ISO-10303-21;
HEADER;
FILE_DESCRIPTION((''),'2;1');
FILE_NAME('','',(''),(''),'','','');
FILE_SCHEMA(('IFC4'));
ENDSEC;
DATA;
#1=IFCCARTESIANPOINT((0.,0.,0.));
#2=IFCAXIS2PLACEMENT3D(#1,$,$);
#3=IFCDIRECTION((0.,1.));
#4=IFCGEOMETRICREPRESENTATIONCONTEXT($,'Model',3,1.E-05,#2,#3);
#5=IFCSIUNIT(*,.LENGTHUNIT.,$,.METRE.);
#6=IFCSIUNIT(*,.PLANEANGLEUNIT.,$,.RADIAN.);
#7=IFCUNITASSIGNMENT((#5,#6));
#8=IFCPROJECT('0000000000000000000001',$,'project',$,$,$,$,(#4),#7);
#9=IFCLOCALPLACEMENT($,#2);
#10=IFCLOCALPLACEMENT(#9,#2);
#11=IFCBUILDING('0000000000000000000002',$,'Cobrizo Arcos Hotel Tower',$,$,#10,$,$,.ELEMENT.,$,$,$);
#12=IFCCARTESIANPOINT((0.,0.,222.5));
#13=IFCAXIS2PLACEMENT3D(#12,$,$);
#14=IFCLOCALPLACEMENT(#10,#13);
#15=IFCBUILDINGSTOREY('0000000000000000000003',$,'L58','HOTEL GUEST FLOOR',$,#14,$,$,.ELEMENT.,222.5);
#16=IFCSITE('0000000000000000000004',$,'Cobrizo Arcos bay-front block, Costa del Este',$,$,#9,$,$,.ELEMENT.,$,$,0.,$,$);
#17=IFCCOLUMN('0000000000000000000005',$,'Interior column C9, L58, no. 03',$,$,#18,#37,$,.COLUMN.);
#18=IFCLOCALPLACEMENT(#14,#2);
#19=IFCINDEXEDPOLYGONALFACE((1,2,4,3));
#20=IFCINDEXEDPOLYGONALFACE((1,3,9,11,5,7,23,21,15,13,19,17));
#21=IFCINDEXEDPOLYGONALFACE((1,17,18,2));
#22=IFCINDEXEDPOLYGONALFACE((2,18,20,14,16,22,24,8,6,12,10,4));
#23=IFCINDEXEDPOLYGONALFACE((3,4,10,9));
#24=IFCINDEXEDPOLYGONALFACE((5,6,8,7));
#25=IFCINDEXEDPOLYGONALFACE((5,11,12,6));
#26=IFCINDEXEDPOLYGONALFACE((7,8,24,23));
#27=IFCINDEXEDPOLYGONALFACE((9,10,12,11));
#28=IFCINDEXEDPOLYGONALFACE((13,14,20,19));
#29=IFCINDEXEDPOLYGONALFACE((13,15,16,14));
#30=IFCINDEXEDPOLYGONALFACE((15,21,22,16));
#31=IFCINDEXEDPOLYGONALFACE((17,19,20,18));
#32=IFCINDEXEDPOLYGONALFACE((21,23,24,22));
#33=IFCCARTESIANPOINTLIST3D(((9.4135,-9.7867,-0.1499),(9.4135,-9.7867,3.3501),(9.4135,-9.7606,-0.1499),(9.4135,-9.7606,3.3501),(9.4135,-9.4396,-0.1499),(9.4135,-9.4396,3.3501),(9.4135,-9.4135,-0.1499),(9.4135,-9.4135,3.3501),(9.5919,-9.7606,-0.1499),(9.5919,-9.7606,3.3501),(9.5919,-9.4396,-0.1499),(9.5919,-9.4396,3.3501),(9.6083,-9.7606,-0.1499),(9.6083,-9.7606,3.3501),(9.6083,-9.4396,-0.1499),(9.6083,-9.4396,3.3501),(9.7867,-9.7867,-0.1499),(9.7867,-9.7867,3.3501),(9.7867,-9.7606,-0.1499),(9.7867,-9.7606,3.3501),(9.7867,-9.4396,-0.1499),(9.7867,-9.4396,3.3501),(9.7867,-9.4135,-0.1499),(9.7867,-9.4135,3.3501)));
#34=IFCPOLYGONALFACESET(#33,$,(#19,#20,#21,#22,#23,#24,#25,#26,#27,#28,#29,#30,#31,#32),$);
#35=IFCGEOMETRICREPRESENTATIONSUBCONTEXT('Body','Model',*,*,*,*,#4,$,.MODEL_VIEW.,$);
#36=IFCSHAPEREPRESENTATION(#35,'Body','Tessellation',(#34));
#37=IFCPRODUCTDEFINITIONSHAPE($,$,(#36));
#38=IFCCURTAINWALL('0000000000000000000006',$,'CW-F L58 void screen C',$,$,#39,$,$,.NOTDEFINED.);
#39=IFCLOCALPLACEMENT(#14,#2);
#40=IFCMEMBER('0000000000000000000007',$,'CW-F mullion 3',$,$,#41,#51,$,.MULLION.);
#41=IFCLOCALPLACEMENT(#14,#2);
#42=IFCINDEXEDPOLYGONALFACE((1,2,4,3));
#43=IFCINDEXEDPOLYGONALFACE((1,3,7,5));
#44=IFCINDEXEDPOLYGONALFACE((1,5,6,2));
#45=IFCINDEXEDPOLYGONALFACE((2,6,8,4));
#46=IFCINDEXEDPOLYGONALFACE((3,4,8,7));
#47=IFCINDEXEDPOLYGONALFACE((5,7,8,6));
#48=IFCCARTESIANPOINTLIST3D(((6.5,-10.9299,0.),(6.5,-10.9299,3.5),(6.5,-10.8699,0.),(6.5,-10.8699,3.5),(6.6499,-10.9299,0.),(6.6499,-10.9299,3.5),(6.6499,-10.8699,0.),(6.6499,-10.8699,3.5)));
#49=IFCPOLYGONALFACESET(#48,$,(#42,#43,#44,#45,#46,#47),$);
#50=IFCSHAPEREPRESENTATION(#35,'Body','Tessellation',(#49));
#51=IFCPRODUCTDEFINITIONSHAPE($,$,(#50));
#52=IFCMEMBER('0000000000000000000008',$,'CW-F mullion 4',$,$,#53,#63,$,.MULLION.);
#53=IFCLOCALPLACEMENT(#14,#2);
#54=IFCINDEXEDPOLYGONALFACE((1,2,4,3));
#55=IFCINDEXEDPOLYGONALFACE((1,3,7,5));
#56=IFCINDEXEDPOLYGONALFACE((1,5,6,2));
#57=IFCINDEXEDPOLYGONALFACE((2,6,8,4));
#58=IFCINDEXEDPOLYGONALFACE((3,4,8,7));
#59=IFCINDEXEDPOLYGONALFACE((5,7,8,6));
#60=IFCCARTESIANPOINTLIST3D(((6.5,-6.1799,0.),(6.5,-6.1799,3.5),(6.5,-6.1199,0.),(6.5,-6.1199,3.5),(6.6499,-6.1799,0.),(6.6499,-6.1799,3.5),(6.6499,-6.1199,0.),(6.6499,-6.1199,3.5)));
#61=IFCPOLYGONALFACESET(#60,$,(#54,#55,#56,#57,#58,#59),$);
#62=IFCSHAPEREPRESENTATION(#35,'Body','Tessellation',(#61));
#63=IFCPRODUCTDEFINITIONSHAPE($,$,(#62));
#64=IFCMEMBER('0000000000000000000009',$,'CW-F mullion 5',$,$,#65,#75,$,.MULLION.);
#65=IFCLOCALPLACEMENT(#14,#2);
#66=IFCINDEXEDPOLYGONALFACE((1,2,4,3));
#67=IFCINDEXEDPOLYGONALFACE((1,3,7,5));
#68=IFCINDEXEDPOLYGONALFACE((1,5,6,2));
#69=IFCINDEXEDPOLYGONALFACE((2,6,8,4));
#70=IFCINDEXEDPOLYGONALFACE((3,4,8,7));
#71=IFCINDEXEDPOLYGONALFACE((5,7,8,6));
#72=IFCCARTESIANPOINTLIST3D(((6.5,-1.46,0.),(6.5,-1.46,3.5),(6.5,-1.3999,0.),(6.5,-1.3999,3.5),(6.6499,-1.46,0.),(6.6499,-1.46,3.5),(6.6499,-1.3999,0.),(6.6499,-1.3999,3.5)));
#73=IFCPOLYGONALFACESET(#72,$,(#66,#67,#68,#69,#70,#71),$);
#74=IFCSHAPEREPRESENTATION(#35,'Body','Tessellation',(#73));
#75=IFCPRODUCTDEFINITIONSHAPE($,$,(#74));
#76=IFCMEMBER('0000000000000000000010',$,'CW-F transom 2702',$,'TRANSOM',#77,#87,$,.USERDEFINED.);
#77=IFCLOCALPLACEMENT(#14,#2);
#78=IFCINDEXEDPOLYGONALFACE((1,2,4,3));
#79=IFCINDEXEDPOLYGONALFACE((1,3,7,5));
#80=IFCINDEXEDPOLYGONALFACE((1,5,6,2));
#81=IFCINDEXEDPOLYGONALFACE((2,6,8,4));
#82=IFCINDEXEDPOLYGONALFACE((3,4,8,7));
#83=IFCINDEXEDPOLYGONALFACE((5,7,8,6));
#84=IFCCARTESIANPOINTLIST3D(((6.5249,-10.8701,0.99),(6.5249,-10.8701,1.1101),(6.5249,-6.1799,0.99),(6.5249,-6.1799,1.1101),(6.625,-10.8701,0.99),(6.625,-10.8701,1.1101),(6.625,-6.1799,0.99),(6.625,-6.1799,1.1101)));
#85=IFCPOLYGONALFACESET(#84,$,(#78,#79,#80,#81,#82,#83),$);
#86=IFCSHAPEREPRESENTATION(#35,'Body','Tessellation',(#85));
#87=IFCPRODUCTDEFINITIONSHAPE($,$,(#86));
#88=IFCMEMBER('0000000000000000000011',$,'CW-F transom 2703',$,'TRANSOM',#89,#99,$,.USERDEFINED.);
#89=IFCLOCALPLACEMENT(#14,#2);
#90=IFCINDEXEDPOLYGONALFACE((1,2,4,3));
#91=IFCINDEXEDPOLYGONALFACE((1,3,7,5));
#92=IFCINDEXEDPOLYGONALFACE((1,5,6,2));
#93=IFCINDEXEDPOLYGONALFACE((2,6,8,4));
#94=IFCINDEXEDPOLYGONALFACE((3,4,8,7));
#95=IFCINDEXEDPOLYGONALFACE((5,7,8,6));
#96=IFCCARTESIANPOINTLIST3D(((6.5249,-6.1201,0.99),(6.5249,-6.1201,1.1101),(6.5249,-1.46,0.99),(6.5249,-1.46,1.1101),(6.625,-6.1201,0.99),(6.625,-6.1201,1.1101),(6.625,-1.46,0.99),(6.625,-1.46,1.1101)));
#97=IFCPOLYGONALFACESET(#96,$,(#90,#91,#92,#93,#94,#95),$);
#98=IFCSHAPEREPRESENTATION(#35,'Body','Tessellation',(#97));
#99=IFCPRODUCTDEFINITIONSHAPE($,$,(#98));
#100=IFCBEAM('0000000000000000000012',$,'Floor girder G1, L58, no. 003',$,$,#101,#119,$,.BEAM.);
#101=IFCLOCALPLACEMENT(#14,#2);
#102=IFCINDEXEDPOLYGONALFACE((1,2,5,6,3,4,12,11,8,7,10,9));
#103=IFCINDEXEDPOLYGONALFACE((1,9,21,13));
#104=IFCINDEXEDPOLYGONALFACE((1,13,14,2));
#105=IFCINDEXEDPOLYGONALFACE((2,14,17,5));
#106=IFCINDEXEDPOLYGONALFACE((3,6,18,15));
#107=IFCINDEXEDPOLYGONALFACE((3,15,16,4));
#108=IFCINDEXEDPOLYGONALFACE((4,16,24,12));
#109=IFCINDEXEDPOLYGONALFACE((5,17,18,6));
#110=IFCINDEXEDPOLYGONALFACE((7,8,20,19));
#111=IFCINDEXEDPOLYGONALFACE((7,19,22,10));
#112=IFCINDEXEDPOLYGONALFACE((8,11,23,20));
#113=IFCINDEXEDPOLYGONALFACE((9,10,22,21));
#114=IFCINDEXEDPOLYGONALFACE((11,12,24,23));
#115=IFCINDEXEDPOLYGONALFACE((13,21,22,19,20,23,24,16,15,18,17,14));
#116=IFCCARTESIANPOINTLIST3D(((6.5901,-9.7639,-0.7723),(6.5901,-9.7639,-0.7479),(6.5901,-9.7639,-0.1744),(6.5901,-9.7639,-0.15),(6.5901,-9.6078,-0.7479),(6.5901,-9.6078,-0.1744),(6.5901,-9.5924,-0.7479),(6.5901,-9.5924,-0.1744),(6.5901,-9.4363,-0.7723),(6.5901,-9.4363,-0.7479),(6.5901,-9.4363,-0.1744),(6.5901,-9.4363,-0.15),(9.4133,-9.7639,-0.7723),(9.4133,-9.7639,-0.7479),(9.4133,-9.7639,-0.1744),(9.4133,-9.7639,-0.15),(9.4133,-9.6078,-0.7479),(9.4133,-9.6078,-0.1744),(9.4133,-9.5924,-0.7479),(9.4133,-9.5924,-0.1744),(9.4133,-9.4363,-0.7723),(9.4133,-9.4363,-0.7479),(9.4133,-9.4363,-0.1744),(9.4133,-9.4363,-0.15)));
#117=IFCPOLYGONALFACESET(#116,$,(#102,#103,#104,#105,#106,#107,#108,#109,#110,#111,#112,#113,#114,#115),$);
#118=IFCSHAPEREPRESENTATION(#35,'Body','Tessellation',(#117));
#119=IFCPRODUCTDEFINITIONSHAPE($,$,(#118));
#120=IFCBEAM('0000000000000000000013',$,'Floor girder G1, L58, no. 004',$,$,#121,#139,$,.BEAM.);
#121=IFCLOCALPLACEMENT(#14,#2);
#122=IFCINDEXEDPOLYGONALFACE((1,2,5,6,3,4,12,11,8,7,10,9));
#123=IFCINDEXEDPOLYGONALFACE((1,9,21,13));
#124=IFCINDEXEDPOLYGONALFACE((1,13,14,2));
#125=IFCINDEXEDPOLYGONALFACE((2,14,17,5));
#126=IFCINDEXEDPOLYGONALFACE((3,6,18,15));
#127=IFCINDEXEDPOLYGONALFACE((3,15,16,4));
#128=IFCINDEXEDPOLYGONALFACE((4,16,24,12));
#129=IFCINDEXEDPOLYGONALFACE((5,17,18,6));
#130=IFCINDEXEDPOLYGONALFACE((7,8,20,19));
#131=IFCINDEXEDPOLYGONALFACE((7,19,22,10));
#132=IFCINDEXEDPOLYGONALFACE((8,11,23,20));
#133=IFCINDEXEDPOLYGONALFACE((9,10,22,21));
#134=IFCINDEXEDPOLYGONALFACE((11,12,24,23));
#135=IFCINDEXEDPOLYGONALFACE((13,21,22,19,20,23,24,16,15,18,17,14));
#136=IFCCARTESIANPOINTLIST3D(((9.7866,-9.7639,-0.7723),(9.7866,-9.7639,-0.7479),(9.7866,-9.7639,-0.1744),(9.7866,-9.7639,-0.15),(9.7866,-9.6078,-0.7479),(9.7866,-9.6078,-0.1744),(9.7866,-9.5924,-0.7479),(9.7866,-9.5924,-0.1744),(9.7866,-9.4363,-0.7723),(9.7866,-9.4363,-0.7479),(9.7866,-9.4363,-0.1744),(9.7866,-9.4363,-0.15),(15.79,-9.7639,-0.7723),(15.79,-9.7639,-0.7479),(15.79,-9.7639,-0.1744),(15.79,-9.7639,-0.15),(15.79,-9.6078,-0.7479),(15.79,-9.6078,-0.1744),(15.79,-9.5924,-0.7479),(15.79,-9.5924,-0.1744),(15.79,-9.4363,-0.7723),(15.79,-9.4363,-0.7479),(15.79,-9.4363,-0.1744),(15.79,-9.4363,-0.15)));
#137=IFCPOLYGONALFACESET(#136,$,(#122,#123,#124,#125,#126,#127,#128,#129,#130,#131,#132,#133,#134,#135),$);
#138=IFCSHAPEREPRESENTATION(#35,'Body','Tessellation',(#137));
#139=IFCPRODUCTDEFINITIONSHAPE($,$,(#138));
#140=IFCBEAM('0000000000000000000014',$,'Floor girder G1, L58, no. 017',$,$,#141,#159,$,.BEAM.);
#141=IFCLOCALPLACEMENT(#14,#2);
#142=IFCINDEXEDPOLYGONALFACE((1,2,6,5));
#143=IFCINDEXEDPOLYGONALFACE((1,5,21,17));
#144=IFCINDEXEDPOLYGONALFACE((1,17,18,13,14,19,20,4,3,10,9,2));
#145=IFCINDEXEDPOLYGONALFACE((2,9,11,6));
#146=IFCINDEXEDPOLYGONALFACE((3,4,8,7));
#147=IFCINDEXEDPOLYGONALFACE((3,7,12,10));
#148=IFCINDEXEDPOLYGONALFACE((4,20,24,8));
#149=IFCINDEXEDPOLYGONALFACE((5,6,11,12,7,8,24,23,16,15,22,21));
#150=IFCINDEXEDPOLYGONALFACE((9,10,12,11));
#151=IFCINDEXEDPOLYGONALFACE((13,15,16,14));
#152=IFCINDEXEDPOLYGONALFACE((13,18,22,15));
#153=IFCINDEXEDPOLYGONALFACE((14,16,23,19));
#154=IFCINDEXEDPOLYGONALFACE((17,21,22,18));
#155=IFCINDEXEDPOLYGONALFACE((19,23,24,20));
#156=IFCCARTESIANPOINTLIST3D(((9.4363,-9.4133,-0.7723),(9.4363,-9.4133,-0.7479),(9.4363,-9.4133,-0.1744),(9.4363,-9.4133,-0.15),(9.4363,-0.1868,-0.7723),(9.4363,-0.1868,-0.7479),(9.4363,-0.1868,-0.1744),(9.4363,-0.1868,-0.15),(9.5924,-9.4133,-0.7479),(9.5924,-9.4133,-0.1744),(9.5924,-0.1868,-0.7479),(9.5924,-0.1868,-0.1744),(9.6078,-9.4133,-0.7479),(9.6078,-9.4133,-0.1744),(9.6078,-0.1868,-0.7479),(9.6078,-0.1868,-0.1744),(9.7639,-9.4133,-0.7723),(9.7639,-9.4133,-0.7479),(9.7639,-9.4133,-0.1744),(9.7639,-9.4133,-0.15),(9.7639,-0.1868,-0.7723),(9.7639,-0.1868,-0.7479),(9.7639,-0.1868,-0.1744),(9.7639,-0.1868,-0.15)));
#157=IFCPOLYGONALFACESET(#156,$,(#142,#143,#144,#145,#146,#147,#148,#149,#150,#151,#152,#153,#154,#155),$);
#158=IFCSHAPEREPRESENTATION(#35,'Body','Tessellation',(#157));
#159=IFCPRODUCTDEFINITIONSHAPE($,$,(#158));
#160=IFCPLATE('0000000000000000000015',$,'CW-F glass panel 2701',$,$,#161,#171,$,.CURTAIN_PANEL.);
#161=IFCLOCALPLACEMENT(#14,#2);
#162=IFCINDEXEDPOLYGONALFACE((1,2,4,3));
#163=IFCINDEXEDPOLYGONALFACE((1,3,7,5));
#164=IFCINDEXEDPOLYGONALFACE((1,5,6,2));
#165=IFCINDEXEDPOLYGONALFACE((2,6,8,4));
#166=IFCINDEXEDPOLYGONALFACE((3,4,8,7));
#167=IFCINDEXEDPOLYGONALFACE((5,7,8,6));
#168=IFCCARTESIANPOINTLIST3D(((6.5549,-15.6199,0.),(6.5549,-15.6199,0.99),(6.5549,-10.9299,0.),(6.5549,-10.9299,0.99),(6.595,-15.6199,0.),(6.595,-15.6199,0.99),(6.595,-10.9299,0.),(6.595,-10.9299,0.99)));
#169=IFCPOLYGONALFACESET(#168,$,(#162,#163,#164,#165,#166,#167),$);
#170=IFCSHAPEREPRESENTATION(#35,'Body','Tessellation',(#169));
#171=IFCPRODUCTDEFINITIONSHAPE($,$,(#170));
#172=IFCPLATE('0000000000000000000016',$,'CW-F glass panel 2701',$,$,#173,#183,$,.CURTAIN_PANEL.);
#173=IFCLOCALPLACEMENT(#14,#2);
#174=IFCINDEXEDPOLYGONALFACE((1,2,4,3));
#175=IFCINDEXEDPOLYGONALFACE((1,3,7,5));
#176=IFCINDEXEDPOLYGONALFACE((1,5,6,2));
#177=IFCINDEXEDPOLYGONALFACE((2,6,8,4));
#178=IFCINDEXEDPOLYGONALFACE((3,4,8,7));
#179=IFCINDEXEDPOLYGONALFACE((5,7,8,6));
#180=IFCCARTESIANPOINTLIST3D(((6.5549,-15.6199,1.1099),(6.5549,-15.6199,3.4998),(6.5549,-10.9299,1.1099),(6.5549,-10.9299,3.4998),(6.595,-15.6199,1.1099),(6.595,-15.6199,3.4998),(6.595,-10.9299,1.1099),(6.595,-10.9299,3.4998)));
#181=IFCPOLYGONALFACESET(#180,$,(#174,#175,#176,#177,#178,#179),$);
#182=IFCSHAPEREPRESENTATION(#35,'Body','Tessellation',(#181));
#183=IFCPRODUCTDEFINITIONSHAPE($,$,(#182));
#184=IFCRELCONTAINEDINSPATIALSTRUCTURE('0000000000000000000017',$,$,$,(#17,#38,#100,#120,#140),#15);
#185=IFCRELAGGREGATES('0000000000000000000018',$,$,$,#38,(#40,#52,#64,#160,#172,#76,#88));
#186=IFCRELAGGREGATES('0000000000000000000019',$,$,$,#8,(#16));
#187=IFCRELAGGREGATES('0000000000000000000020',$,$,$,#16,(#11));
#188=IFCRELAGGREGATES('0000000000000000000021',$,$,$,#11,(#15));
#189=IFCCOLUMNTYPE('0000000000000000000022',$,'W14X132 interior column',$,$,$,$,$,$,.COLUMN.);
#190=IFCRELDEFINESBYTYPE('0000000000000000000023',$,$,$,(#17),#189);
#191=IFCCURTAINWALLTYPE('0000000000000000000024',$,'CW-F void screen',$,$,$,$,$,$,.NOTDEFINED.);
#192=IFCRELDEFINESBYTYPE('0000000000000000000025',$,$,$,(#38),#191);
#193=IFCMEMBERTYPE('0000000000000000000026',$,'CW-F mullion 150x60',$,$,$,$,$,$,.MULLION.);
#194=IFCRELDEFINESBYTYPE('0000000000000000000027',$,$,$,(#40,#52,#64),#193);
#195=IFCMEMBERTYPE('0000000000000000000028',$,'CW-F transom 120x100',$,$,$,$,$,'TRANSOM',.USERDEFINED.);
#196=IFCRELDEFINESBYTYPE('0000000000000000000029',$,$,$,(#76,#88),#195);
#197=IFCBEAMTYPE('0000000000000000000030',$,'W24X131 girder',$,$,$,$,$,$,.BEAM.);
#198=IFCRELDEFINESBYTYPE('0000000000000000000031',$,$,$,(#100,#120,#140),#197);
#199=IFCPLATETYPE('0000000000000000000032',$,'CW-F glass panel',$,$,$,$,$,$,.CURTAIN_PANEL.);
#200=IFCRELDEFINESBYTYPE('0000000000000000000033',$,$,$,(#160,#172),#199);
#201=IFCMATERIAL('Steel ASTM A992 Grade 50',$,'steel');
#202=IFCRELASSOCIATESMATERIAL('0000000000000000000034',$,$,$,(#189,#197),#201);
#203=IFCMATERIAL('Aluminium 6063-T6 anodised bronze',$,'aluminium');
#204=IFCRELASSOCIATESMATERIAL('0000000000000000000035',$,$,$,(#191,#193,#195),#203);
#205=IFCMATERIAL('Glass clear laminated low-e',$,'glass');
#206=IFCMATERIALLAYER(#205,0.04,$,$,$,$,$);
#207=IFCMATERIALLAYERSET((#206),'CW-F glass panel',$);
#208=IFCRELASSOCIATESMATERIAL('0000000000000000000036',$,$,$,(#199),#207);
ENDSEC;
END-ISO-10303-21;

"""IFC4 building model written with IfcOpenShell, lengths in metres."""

from ifc_helpers import new_model, si_unit, direction, frame, origin, origin_2d, place, context, subcontext, project, spatial, rectangle, i_section, extrude, material, layer, layer_set, material_profile, profile_set, type_object, element, aggregate, save


model = new_model("IFC4")

# Units and contexts
model_context = context("Model", 3, precision=1e-05, world=origin(), true_north=direction((0.0, 1.0)))
body_context = subcontext(model_context, "Body", "Model", "MODEL_VIEW")
ifc_project = project(units=[si_unit("LENGTHUNIT", "METRE"), si_unit("PLANEANGLEUNIT", "RADIAN")], contexts=[model_context])

# Site, building, storey
site_placement = place(None, origin())
site = spatial("IfcSite", under=ifc_project, at=site_placement, Name="Cobrizo Arcos bay-front block, Costa del Este", CompositionType="ELEMENT", RefElevation=0.0)
building_placement = place(site_placement, origin())
building = spatial("IfcBuilding", under=site, at=building_placement, Name="Cobrizo Arcos Hotel Tower", CompositionType="ELEMENT")
storey_placement = place(building_placement, frame((0.0, 0.0, 222.5)))
storey = spatial("IfcBuildingStorey", under=building, at=storey_placement, Name="L58", Description="HOTEL GUEST FLOOR", CompositionType="ELEMENT", Elevation=222.5)

# Column
ifc_material_1 = material(Name="Steel ASTM A992 Grade 50", Category="steel")
ifc_material_profile_1 = material_profile(ifc_material_1, i_section(OverallWidth=0.3733, OverallDepth=0.3733, WebThickness=0.0164, FlangeThickness=0.0261, at=origin_2d()), Name="W14X132")
ifc_profile_set_1 = profile_set([ifc_material_profile_1], Name="Steel ASTM A992 Grade 50")
column_type = type_object("IfcColumnType", Name="W14X132 interior column", PredefinedType="COLUMN", material=ifc_profile_set_1)
column_placement = place(storey_placement, frame((9.6001, -9.6001, -0.1499), z_axis=(0.0, 0.0, 1.0), x_axis=(1.0, 0.0, 0.0)))
element("IfcColumn", 1, at=column_placement, inside=storey, type_object=column_type, Name="Interior column C9, L58, no. 03", PredefinedType="COLUMN", context=body_context, shape_type="SweptSolid", body=[
    extrude(i_section(OverallWidth=0.3733, OverallDepth=0.3733, WebThickness=0.0164, FlangeThickness=0.0261, at=origin_2d()), origin(), (0.0, 0.0, 1.0), 3.5),
])

# Curtain wall, members
ifc_material_2 = material(Name="Aluminium 6063-T6 anodised bronze", Category="aluminium")
curtain_wall_type = type_object("IfcCurtainWallType", Name="CW-F void screen", PredefinedType="NOTDEFINED", material=ifc_material_2)
curtain_wall_placement = place(storey_placement, origin())
curtain_wall = element("IfcCurtainWall", 2, at=curtain_wall_placement, inside=storey, type_object=curtain_wall_type, Name="CW-F L58 void screen C", PredefinedType="NOTDEFINED")
ifc_material_profile_2 = material_profile(ifc_material_2, rectangle(XDim=0.1499, YDim=0.0601, at=origin_2d()), Name="CW-F mullion 150x60")
ifc_profile_set_2 = profile_set([ifc_material_profile_2], Name="Aluminium 6063-T6 anodised bronze")
member_type_1 = type_object("IfcMemberType", Name="CW-F mullion 150x60", PredefinedType="MULLION", material=ifc_profile_set_2)
member_1_placement = place(storey_placement, frame((6.575, -10.8999, 0.0), z_axis=(0.0, 0.0, 1.0), x_axis=(1.0, 0.0, 0.0)))
member_1 = element("IfcMember", 3, at=member_1_placement, type_object=member_type_1, Name="CW-F mullion 3", PredefinedType="MULLION", context=body_context, shape_type="SweptSolid", body=[
    extrude(rectangle(XDim=0.1499, YDim=0.0601, at=origin_2d()), origin(), (0.0, 0.0, 1.0), 3.5),
])
member_2_placement = place(storey_placement, frame((6.575, -6.1499, 0.0), z_axis=(0.0, 0.0, 1.0), x_axis=(1.0, 0.0, 0.0)))
member_2 = element("IfcMember", 4, at=member_2_placement, type_object=member_type_1, Name="CW-F mullion 4", PredefinedType="MULLION", context=body_context, shape_type="SweptSolid", body=[
    extrude(rectangle(XDim=0.1499, YDim=0.0601, at=origin_2d()), origin(), (0.0, 0.0, 1.0), 3.5),
])
member_3_placement = place(storey_placement, frame((6.575, -1.4299, 0.0), z_axis=(0.0, 0.0, 1.0), x_axis=(1.0, 0.0, 0.0)))
member_3 = element("IfcMember", 5, at=member_3_placement, type_object=member_type_1, Name="CW-F mullion 5", PredefinedType="MULLION", context=body_context, shape_type="SweptSolid", body=[
    extrude(rectangle(XDim=0.1499, YDim=0.0601, at=origin_2d()), origin(), (0.0, 0.0, 1.0), 3.5),
])
ifc_material_profile_3 = material_profile(ifc_material_2, rectangle(XDim=0.1001, YDim=0.1201, at=origin_2d()), Name="CW-F transom 120x100")
ifc_profile_set_3 = profile_set([ifc_material_profile_3], Name="Aluminium 6063-T6 anodised bronze")
member_type_2 = type_object("IfcMemberType", Name="CW-F transom 120x100", ElementType="TRANSOM", PredefinedType="USERDEFINED", material=ifc_profile_set_3)
member_4_placement = place(storey_placement, frame((6.575, -10.8701, 1.05), z_axis=(0.0, 1.0, 0.0), x_axis=(-1.0, 0.0, 0.0)))
member_4 = element("IfcMember", 6, at=member_4_placement, type_object=member_type_2, Name="CW-F transom 2702", ObjectType="TRANSOM", PredefinedType="USERDEFINED", context=body_context, shape_type="SweptSolid", body=[
    extrude(rectangle(XDim=0.1001, YDim=0.1201, at=origin_2d()), origin(), (0.0, 0.0, 1.0), 4.6902),
])
member_5_placement = place(storey_placement, frame((6.575, -6.1201, 1.05), z_axis=(0.0, 1.0, 0.0), x_axis=(-1.0, 0.0, 0.0)))
member_5 = element("IfcMember", 7, at=member_5_placement, type_object=member_type_2, Name="CW-F transom 2703", ObjectType="TRANSOM", PredefinedType="USERDEFINED", context=body_context, shape_type="SweptSolid", body=[
    extrude(rectangle(XDim=0.1001, YDim=0.1201, at=origin_2d()), origin(), (0.0, 0.0, 1.0), 4.6602),
])

# Beams
ifc_material_profile_4 = material_profile(ifc_material_1, i_section(OverallWidth=0.3276, OverallDepth=0.6223, WebThickness=0.0154, FlangeThickness=0.0244, at=origin_2d()), Name="W24X131")
ifc_profile_set_4 = profile_set([ifc_material_profile_4], Name="Steel ASTM A992 Grade 50")
beam_type = type_object("IfcBeamType", Name="W24X131 girder", PredefinedType="BEAM", material=ifc_profile_set_4)
beam_1_placement = place(storey_placement, frame((6.5901, -9.6001, -0.4612), z_axis=(1.0, 0.0, 0.0), x_axis=(0.0, 1.0, 0.0)))
element("IfcBeam", 8, at=beam_1_placement, inside=storey, type_object=beam_type, Name="Floor girder G1, L58, no. 003", PredefinedType="BEAM", context=body_context, shape_type="SweptSolid", body=[
    extrude(i_section(OverallWidth=0.3276, OverallDepth=0.6223, WebThickness=0.0154, FlangeThickness=0.0244, at=origin_2d()), origin(), (0.0, 0.0, 1.0), 2.8232),
])
beam_2_placement = place(storey_placement, frame((9.7866, -9.6001, -0.4612), z_axis=(1.0, 0.0, 0.0), x_axis=(0.0, 1.0, 0.0)))
element("IfcBeam", 9, at=beam_2_placement, inside=storey, type_object=beam_type, Name="Floor girder G1, L58, no. 004", PredefinedType="BEAM", context=body_context, shape_type="SweptSolid", body=[
    extrude(i_section(OverallWidth=0.3276, OverallDepth=0.6223, WebThickness=0.0154, FlangeThickness=0.0244, at=origin_2d()), origin(), (0.0, 0.0, 1.0), 6.0034),
])
beam_3_placement = place(storey_placement, frame((9.6001, -9.4133, -0.4612), z_axis=(0.0, 1.0, 0.0), x_axis=(-1.0, 0.0, 0.0)))
element("IfcBeam", 10, at=beam_3_placement, inside=storey, type_object=beam_type, Name="Floor girder G1, L58, no. 017", PredefinedType="BEAM", context=body_context, shape_type="SweptSolid", body=[
    extrude(i_section(OverallWidth=0.3276, OverallDepth=0.6223, WebThickness=0.0154, FlangeThickness=0.0244, at=origin_2d()), origin(), (0.0, 0.0, 1.0), 9.2266),
])

# Plates
ifc_material_3 = material(Name="Glass clear laminated low-e", Category="glass")
ifc_layer_1 = layer(ifc_material_3, 0.04)
ifc_layer_set_1 = layer_set([ifc_layer_1], Name="CW-F glass panel")
plate_type = type_object("IfcPlateType", Name="CW-F glass panel", PredefinedType="CURTAIN_PANEL", material=ifc_layer_set_1)
plate_1_placement = place(storey_placement, frame((6.575, -13.2749, 0.0), z_axis=(0.0, 0.0, 1.0), x_axis=(0.0, 1.0, 0.0)))
plate_1 = element("IfcPlate", 11, at=plate_1_placement, type_object=plate_type, Name="CW-F glass panel 2701", PredefinedType="CURTAIN_PANEL", context=body_context, shape_type="SweptSolid", body=[
    extrude(rectangle(XDim=4.6899, YDim=0.04, at=origin_2d()), origin(), (0.0, 0.0, 1.0), 0.99),
])
plate_2_placement = place(storey_placement, frame((6.575, -13.2749, 1.1099), z_axis=(0.0, 0.0, 1.0), x_axis=(0.0, 1.0, 0.0)))
plate_2 = element("IfcPlate", 12, at=plate_2_placement, type_object=plate_type, Name="CW-F glass panel 2701", PredefinedType="CURTAIN_PANEL", context=body_context, shape_type="SweptSolid", body=[
    extrude(rectangle(XDim=4.6899, YDim=0.04, at=origin_2d()), origin(), (0.0, 0.0, 1.0), 2.3899),
])
aggregate(curtain_wall, [member_1, member_2, member_3, plate_1, plate_2, member_4, member_5])

save(model, "model.ifc")
